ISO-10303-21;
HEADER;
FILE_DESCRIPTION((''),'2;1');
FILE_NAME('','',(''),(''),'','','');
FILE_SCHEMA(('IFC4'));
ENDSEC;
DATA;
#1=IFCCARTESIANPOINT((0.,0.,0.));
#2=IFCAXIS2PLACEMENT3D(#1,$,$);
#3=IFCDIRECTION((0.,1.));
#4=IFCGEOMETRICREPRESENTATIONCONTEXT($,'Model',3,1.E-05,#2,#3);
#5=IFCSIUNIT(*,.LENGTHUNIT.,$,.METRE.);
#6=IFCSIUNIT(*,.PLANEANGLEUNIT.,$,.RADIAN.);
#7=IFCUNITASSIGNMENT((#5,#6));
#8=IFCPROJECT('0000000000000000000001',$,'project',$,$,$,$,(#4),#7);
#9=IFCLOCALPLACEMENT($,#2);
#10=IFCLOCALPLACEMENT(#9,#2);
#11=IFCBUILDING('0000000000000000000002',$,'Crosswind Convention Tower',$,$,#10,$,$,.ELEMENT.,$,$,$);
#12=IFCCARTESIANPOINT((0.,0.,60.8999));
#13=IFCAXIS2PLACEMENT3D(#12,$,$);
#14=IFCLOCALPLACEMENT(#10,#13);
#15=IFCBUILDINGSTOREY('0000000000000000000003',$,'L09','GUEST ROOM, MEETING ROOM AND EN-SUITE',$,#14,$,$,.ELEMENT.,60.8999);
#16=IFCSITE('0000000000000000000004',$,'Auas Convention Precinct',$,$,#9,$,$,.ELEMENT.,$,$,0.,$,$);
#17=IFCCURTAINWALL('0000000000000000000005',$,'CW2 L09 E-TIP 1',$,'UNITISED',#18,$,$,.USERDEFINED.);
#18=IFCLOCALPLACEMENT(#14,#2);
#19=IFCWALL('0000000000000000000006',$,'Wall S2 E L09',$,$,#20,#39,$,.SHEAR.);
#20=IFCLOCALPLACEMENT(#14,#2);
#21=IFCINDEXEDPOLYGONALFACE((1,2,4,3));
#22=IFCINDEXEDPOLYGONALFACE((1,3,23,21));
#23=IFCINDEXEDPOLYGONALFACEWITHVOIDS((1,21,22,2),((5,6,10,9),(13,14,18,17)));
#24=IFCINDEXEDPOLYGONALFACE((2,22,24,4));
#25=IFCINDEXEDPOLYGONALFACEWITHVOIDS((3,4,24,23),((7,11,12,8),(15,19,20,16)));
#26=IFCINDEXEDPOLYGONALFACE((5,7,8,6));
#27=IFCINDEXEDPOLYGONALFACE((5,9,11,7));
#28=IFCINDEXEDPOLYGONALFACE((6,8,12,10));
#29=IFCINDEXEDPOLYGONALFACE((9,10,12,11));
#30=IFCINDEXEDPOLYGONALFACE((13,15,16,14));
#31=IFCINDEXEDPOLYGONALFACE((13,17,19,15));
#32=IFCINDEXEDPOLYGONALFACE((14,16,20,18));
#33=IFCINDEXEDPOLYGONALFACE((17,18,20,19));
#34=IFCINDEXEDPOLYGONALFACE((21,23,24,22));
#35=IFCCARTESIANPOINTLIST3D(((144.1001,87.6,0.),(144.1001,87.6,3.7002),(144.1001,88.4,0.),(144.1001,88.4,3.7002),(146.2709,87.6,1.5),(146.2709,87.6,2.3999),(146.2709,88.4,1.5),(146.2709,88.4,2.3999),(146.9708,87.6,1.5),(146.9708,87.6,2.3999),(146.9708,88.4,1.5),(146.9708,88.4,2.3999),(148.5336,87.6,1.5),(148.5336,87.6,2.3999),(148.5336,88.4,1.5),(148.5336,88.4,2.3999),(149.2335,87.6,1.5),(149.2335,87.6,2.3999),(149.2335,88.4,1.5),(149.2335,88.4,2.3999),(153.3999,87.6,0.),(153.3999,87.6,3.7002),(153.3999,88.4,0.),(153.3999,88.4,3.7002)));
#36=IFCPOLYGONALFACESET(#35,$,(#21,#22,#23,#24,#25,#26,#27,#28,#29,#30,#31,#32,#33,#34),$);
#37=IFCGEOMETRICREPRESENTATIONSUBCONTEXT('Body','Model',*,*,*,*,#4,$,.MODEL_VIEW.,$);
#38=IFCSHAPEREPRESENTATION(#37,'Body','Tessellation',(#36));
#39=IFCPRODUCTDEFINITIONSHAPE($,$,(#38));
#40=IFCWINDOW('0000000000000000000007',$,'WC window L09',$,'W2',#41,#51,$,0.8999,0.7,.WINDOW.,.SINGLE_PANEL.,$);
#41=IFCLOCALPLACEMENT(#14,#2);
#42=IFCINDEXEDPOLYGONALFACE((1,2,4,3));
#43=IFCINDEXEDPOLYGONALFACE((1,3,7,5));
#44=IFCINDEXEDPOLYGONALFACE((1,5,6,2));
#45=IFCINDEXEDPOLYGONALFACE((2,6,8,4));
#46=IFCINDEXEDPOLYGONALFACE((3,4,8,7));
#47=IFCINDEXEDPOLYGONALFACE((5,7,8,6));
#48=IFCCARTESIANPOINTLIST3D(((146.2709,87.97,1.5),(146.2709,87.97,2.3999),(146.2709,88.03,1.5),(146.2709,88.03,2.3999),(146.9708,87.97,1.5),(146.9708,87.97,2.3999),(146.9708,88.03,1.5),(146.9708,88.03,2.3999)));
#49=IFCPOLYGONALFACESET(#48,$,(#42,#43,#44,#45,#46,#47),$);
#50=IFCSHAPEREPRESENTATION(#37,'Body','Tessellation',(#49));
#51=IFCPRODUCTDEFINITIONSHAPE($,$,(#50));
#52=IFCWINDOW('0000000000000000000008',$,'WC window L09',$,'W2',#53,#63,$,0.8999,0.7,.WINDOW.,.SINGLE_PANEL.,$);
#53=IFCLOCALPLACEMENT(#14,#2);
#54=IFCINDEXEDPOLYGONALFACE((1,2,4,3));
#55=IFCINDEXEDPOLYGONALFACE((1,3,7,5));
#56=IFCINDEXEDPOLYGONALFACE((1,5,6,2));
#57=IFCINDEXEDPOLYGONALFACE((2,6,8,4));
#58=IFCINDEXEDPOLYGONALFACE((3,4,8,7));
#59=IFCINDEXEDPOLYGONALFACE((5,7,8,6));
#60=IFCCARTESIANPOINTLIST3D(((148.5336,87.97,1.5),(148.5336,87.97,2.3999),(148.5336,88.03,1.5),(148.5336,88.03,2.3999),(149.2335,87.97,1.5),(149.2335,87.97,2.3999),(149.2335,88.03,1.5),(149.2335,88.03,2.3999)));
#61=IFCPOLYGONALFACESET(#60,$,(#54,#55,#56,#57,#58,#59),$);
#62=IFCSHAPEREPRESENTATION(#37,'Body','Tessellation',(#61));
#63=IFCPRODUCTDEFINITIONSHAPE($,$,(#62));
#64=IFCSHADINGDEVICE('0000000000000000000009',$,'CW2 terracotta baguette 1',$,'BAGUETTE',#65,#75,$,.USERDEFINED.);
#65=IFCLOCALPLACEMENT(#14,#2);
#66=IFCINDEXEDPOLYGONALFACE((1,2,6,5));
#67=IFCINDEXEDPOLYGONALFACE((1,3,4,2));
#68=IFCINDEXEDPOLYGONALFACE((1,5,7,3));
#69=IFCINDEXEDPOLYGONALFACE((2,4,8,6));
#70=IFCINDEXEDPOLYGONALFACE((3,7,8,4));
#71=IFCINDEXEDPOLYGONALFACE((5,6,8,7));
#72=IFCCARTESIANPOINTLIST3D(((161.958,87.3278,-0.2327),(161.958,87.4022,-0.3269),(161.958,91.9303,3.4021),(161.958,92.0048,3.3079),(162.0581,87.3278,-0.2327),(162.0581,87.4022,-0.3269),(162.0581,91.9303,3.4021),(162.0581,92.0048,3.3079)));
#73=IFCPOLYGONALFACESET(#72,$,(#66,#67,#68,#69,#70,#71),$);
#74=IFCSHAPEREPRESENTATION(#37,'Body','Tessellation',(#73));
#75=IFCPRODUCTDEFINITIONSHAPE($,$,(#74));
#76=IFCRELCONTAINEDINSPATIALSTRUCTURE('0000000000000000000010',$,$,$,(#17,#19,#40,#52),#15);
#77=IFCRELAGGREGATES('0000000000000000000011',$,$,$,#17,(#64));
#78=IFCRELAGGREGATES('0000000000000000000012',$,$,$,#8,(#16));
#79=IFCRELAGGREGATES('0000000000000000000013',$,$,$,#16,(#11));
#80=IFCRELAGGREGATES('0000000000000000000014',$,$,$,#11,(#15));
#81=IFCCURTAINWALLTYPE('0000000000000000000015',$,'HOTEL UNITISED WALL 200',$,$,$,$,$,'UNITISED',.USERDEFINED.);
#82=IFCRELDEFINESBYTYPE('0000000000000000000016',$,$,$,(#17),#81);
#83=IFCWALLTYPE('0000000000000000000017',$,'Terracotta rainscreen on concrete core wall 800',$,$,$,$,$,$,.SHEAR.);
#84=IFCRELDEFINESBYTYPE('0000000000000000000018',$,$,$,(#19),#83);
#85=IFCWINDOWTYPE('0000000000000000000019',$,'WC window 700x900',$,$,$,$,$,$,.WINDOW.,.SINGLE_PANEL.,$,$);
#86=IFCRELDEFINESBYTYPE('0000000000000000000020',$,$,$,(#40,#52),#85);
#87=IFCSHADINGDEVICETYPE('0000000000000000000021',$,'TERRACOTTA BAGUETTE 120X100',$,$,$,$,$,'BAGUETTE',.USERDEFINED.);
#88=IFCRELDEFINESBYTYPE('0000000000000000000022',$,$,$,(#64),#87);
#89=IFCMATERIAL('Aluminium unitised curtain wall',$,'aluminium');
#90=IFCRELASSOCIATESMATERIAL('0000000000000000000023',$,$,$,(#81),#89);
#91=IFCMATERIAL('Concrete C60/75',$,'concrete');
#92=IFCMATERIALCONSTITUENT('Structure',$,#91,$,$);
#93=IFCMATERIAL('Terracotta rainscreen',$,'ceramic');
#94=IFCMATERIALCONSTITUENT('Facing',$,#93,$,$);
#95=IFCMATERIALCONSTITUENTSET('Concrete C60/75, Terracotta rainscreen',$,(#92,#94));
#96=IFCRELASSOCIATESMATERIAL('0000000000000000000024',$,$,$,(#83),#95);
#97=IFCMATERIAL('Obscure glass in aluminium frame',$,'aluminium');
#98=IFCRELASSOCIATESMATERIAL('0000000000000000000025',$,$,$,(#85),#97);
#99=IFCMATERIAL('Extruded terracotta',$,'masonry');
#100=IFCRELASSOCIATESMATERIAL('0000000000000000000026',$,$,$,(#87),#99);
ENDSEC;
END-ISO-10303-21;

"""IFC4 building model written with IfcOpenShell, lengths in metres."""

from ifc_helpers import new_model, si_unit, direction, frame, frame_2d, origin, origin_2d, place, context, subcontext, project, spatial, rectangle, extrude, material, constituent, constituent_set, material_profile, profile_set, type_object, element, fill, aggregate, save


model = new_model("IFC4")

# Units and contexts
model_context = context("Model", 3, precision=1e-05, world=origin(), true_north=direction((0.0, 1.0)))
body_context = subcontext(model_context, "Body", "Model", "MODEL_VIEW")
ifc_project = project(units=[si_unit("LENGTHUNIT", "METRE"), si_unit("PLANEANGLEUNIT", "RADIAN")], contexts=[model_context])

# Site, building, storey
site_placement = place(None, origin())
site = spatial("IfcSite", under=ifc_project, at=site_placement, Name="Auas Convention Precinct", CompositionType="ELEMENT", RefElevation=0.0)
building_placement = place(site_placement, origin())
building = spatial("IfcBuilding", under=site, at=building_placement, Name="Crosswind Convention Tower", CompositionType="ELEMENT")
storey_placement = place(building_placement, frame((0.0, 0.0, 60.8999)))
storey = spatial("IfcBuildingStorey", under=building, at=storey_placement, Name="L09", Description="GUEST ROOM, MEETING ROOM AND EN-SUITE", CompositionType="ELEMENT", Elevation=60.8999)

# Shared definitions
ifc_material_1 = material(Name="Concrete C60/75", Category="concrete")

# Shared definitions
ifc_material_2 = material(Name="Aluminium unitised curtain wall", Category="aluminium")

# Curtain wall
curtain_wall_type_1 = type_object("IfcCurtainWallType", Name="HOTEL UNITISED WALL 200", ElementType="UNITISED", PredefinedType="USERDEFINED", material=ifc_material_2)
curtain_wall_1_placement = place(storey_placement, origin())
curtain_wall_1 = element("IfcCurtainWall", 1, at=curtain_wall_1_placement, inside=storey, type_object=curtain_wall_type_1, Name="CW2 L09 E-TIP 1", ObjectType="UNITISED", PredefinedType="USERDEFINED")

# Shared definitions
ifc_constituent_1 = constituent(ifc_material_1, Name="Structure")
ifc_material_3 = material(Name="Terracotta rainscreen", Category="ceramic")
ifc_constituent_2 = constituent(ifc_material_3, Name="Facing")
ifc_constituent_set = constituent_set(constituents=[ifc_constituent_1, ifc_constituent_2], Name="Concrete C60/75, Terracotta rainscreen")
wall_type_1 = type_object("IfcWallType", Name="Terracotta rainscreen on concrete core wall 800", PredefinedType="SHEAR", material=ifc_constituent_set)

# Wall, openings, windows
wall_1_placement = place(storey_placement, frame((144.1001, 88.0, 0.0), z_axis=(0.0, 0.0, 1.0), x_axis=(1.0, 0.0, 0.0)))
wall_1 = element("IfcWall", 2, at=wall_1_placement, inside=storey, type_object=wall_type_1, Name="Wall S2 E L09", PredefinedType="SHEAR", context=body_context, shape_type="SweptSolid", body=[
    extrude(rectangle(XDim=9.2998, YDim=0.8, at=frame_2d((4.6499, 0.0))), origin(), (0.0, 0.0, 1.0), 3.7002),
])
opening_1_placement = place(wall_1_placement, frame((2.1707, 0.0, 1.5)))
opening_1 = element("IfcOpeningElement", 3, at=opening_1_placement, cuts=wall_1, PredefinedType="OPENING", context=body_context, shape_type="SweptSolid", body=[
    extrude(rectangle(XDim=0.7, YDim=0.8999, at=frame_2d((0.3501, 0.45))), frame((0.0, 0.4099, 0.0), z_axis=(0.0, -1.0, 0.0), x_axis=(1.0, 0.0, 0.0)), (0.0, 0.0, 1.0), 0.8201),
])
opening_2_placement = place(wall_1_placement, frame((4.4333, 0.0, 1.5)))
opening_2 = element("IfcOpeningElement", 4, at=opening_2_placement, cuts=wall_1, PredefinedType="OPENING", context=body_context, shape_type="SweptSolid", body=[
    extrude(rectangle(XDim=0.7, YDim=0.8999, at=frame_2d((0.3501, 0.45))), frame((0.0, 0.4099, 0.0), z_axis=(0.0, -1.0, 0.0), x_axis=(1.0, 0.0, 0.0)), (0.0, 0.0, 1.0), 0.8201),
])
ifc_material_4 = material(Name="Obscure glass in aluminium frame", Category="aluminium")
window_type = type_object("IfcWindowType", Name="WC window 700x900", PartitioningType="SINGLE_PANEL", PredefinedType="WINDOW", material=ifc_material_4)
window_1_placement = place(opening_1_placement, origin())
window_1 = element("IfcWindow", 5, at=window_1_placement, inside=storey, type_object=window_type, Name="WC window L09", ObjectType="W2", OverallHeight=0.8999, OverallWidth=0.7, PartitioningType="SINGLE_PANEL", PredefinedType="WINDOW", context=body_context, shape_type="SweptSolid", body=[
    extrude(rectangle(XDim=0.7, YDim=0.8999, at=frame_2d((0.3501, 0.45))), frame((0.0, 0.03, 0.0), z_axis=(0.0, -1.0, 0.0), x_axis=(1.0, 0.0, 0.0)), (0.0, 0.0, 1.0), 0.0601),
])
fill(opening_1, window_1)
window_2_placement = place(opening_2_placement, origin())
window_2 = element("IfcWindow", 6, at=window_2_placement, inside=storey, type_object=window_type, Name="WC window L09", ObjectType="W2", OverallHeight=0.8999, OverallWidth=0.7, PartitioningType="SINGLE_PANEL", PredefinedType="WINDOW", context=body_context, shape_type="SweptSolid", body=[
    extrude(rectangle(XDim=0.7, YDim=0.8999, at=frame_2d((0.3501, 0.45))), frame((0.0, 0.03, 0.0), z_axis=(0.0, -1.0, 0.0), x_axis=(1.0, 0.0, 0.0)), (0.0, 0.0, 1.0), 0.0601),
])
fill(opening_2, window_2)

# Shading device
ifc_material_5 = material(Name="Extruded terracotta", Category="masonry")
ifc_material_profile_1 = material_profile(ifc_material_5, rectangle(XDim=0.1001, YDim=0.1201, at=origin_2d()), Name="TC 100X120")
ifc_profile_set_1 = profile_set([ifc_material_profile_1], Name="Extruded terracotta")
shading_device_type = type_object("IfcShadingDeviceType", Name="TERRACOTTA BAGUETTE 120X100", ElementType="BAGUETTE", PredefinedType="USERDEFINED", material=ifc_profile_set_1)
shading_device_placement = place(storey_placement, frame((162.0081, 87.365, -0.2798), z_axis=(0.0, 0.784785, 0.619768), x_axis=(-1.0, 0.0, 0.0)))
shading_device = element("IfcShadingDevice", 7, at=shading_device_placement, type_object=shading_device_type, Name="CW2 terracotta baguette 1", ObjectType="BAGUETTE", PredefinedType="USERDEFINED", context=body_context, shape_type="SweptSolid", body=[
    extrude(rectangle(XDim=0.1001, YDim=0.1201, at=origin_2d()), origin(), (0.0, 0.0, 1.0), 5.8647),
])
aggregate(curtain_wall_1, [shading_device])

save(model, "model.ifc")
